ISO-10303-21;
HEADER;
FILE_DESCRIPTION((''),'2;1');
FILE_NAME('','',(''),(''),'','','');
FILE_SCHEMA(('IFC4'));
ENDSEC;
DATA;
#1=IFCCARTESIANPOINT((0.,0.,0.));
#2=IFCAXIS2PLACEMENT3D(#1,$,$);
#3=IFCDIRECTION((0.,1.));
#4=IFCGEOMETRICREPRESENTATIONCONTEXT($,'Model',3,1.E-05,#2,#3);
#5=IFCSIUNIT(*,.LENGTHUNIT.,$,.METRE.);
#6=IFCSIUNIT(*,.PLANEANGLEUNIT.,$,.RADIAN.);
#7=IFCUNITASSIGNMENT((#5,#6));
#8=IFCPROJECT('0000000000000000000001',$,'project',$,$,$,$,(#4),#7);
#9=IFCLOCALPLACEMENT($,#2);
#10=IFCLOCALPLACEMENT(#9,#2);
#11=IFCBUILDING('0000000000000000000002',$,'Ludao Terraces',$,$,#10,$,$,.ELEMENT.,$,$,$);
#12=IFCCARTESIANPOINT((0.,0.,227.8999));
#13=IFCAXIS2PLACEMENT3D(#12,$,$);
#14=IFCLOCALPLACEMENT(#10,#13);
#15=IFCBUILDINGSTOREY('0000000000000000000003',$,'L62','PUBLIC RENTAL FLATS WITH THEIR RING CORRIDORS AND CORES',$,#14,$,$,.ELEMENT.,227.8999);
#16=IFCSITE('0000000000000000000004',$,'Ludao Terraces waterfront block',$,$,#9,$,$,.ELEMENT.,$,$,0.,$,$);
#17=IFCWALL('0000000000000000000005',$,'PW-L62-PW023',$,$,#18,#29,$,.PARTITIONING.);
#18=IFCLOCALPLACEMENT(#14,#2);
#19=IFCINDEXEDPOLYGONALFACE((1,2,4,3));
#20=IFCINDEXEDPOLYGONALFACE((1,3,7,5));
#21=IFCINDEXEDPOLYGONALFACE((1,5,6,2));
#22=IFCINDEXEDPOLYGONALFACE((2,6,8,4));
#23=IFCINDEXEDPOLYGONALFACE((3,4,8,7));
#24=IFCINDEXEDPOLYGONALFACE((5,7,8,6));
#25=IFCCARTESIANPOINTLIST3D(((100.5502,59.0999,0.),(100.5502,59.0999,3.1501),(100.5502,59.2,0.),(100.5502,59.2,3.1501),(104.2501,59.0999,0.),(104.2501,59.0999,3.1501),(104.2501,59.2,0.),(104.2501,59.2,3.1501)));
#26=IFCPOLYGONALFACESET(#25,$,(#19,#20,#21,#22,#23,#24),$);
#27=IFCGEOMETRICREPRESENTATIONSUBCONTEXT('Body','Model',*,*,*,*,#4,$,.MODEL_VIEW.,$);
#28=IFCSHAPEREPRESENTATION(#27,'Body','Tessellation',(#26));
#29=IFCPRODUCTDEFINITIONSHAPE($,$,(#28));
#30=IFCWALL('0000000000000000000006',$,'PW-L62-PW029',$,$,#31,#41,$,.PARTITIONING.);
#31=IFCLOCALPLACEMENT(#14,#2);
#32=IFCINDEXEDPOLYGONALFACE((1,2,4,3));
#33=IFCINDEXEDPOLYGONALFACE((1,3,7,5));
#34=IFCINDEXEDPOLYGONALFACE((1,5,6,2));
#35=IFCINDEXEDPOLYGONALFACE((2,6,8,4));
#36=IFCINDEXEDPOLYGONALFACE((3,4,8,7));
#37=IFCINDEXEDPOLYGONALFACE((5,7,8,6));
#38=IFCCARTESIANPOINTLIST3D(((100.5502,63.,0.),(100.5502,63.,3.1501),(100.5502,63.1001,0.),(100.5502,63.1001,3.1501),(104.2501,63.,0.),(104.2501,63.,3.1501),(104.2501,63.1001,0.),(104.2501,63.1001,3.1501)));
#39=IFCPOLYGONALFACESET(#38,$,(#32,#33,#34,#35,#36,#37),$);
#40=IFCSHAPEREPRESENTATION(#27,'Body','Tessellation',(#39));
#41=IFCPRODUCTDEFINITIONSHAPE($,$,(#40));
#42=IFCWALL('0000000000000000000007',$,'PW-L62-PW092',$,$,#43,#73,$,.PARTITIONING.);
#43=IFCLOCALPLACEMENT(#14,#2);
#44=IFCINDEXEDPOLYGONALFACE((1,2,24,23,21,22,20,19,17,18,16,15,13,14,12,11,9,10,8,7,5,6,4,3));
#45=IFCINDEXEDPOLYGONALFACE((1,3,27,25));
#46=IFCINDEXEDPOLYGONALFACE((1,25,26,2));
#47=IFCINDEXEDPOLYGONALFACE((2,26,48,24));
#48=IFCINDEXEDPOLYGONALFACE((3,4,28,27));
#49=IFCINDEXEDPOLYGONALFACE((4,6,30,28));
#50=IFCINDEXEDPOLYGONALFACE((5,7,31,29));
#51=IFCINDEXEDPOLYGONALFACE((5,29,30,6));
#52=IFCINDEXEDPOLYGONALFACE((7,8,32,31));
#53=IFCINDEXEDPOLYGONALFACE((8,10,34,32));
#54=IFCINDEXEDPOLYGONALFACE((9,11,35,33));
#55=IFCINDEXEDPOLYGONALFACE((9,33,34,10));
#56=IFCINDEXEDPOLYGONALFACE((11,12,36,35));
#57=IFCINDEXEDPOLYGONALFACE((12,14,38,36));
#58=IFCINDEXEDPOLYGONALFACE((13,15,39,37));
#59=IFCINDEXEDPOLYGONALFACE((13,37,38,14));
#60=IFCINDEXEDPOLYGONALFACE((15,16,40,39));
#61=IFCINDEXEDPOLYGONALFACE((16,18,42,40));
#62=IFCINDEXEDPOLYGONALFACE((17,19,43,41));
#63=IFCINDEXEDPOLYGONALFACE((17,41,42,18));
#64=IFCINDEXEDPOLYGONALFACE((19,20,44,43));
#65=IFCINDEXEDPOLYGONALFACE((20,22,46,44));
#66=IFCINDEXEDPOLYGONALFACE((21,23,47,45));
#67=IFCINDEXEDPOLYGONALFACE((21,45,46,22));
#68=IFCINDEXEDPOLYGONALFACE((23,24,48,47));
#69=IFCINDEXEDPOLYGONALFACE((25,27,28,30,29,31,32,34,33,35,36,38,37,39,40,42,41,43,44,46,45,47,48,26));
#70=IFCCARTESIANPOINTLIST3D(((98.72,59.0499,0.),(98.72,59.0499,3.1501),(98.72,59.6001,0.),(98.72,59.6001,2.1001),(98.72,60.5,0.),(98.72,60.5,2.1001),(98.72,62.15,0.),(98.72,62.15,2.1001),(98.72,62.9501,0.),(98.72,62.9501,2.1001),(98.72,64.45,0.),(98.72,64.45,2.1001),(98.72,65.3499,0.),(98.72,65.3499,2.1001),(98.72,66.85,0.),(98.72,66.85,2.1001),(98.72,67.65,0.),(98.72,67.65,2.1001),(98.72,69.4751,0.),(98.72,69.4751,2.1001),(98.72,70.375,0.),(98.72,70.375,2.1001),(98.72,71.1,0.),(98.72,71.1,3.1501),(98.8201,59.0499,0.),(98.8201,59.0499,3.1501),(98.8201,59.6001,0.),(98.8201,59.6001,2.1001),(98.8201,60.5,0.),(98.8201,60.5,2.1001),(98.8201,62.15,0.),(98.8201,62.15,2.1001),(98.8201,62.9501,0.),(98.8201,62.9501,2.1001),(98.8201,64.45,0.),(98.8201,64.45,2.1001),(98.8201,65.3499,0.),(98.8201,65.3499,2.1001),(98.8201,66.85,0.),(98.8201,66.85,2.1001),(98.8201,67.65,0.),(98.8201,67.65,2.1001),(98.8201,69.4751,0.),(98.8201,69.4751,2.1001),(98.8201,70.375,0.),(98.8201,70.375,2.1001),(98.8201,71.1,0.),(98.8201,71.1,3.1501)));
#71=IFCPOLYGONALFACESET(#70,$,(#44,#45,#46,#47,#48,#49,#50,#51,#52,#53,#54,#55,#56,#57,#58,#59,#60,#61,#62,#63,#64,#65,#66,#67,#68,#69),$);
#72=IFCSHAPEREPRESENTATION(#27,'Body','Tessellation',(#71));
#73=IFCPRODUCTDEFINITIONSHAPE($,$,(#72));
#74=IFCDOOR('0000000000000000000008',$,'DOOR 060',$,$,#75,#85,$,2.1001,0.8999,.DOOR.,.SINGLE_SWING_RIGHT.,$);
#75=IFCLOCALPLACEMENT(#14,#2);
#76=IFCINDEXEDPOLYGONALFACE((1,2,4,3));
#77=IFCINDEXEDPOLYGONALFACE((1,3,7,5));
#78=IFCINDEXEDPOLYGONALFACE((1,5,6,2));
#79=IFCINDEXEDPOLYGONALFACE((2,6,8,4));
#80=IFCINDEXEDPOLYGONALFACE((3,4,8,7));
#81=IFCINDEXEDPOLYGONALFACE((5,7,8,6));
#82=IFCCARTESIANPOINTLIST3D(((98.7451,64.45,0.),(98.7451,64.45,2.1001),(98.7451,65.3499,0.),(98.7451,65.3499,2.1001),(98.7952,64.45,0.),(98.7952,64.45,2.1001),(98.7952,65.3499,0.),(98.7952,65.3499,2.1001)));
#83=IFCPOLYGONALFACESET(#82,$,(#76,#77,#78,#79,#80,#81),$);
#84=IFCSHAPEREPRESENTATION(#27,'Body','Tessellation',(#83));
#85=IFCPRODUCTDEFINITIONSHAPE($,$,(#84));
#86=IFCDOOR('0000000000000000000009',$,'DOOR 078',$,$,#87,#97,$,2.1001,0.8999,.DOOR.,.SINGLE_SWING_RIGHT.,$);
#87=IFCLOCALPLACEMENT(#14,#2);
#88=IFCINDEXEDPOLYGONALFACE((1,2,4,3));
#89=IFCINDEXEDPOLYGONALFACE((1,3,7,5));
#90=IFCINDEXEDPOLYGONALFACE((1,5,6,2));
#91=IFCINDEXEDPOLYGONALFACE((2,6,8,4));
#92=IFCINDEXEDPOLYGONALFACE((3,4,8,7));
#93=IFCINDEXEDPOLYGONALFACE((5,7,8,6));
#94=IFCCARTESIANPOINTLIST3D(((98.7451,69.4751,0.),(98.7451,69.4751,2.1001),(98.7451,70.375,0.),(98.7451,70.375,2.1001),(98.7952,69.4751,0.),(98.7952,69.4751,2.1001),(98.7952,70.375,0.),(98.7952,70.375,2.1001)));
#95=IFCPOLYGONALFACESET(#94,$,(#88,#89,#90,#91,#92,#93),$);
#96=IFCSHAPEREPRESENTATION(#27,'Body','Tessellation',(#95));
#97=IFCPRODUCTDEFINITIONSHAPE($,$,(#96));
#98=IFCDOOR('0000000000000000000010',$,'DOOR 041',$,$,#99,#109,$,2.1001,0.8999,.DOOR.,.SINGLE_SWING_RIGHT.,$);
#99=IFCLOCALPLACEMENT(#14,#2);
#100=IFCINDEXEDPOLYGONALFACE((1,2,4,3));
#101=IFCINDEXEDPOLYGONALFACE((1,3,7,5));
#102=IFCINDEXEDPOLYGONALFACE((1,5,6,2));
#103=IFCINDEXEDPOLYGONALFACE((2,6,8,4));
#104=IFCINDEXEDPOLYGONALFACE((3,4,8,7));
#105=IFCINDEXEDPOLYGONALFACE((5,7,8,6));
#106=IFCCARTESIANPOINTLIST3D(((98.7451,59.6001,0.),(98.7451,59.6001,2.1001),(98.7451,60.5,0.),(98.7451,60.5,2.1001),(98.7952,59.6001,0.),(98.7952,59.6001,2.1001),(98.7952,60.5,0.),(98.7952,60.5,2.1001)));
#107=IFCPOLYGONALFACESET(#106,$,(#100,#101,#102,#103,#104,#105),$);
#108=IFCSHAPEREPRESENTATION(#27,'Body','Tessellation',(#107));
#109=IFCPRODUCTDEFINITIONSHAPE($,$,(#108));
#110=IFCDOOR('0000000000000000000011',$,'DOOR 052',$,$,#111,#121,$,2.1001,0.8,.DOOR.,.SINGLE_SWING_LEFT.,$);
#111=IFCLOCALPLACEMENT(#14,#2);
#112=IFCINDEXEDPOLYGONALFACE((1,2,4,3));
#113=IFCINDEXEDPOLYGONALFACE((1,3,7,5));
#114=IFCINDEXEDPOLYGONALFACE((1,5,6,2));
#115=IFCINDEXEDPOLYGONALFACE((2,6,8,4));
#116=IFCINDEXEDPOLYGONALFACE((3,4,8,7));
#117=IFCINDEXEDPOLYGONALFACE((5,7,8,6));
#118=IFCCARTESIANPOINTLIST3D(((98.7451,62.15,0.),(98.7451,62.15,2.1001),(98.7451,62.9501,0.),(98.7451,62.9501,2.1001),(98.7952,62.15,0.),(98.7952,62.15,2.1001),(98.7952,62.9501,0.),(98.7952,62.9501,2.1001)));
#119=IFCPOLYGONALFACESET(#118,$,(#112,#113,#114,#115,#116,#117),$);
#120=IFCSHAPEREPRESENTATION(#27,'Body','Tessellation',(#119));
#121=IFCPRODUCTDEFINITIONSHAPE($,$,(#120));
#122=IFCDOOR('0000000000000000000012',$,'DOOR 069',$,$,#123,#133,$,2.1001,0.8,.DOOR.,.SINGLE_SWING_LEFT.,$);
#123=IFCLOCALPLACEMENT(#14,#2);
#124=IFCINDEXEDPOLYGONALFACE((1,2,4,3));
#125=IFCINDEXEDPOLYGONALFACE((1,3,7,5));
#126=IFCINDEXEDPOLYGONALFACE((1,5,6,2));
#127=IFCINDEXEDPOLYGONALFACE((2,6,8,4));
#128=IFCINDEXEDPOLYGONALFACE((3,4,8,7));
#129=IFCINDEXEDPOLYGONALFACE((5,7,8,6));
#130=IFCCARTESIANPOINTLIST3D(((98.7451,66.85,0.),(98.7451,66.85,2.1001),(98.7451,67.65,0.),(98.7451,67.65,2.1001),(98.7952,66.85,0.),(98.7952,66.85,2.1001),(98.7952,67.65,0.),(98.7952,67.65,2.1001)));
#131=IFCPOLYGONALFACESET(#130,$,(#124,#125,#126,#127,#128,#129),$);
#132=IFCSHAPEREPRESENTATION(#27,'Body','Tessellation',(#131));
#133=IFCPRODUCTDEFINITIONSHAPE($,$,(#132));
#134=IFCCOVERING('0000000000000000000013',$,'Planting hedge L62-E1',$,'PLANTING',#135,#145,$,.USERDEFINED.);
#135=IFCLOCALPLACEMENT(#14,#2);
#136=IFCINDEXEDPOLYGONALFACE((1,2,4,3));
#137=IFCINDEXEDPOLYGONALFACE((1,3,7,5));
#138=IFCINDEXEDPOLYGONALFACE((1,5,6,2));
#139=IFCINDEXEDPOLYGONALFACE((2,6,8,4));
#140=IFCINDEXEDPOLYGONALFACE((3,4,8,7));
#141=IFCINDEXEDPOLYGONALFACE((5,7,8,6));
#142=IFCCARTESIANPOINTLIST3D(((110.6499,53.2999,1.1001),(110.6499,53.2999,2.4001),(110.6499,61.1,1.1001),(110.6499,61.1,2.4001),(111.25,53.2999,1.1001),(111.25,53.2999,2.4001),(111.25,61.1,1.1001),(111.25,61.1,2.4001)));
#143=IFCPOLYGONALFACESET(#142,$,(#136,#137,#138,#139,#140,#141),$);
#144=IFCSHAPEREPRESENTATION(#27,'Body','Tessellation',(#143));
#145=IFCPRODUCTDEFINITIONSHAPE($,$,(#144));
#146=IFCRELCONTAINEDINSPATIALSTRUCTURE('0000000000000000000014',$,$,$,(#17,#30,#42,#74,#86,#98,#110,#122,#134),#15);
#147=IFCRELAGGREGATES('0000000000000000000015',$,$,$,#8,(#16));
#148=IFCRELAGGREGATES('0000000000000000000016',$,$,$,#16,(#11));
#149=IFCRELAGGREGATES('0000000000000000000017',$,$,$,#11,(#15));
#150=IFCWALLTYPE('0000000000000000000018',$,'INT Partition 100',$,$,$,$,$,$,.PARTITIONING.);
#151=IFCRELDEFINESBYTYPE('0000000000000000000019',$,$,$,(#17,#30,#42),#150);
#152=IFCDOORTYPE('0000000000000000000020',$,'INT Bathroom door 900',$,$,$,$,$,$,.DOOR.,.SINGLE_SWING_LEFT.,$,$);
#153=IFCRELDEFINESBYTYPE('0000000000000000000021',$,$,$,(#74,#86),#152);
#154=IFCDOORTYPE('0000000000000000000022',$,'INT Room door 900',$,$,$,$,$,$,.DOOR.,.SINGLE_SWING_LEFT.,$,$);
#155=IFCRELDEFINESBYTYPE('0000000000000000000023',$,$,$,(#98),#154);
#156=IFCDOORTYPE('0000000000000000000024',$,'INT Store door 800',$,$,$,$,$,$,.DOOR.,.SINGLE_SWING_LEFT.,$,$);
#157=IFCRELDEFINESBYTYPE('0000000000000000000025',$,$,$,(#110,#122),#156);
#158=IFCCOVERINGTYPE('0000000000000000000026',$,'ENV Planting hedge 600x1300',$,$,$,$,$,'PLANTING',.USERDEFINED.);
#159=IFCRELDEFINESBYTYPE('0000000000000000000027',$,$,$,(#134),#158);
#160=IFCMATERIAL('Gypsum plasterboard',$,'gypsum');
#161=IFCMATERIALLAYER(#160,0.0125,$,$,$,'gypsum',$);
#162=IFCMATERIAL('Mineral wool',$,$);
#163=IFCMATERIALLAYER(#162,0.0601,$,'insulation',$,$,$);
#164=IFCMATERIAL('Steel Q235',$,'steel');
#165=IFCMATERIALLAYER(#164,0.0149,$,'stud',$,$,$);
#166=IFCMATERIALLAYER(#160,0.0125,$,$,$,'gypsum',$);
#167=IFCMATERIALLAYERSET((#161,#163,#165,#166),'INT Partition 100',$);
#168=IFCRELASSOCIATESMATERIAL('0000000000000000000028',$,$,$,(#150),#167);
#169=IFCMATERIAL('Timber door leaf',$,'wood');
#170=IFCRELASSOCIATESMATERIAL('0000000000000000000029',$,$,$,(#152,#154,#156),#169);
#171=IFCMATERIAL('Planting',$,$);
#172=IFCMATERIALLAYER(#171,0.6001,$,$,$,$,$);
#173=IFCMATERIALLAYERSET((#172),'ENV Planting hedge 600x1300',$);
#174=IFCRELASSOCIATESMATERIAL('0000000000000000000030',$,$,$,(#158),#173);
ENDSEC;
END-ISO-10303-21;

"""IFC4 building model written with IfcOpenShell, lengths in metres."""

from ifc_helpers import new_model, si_unit, direction, frame, frame_2d, origin, origin_2d, place, context, subcontext, project, spatial, rectangle, extrude, material, layer, layer_set, type_object, element, fill, save


model = new_model("IFC4")

# Units and contexts
model_context = context("Model", 3, precision=1e-05, world=origin(), true_north=direction((0.0, 1.0)))
body_context = subcontext(model_context, "Body", "Model", "MODEL_VIEW")
ifc_project = project(units=[si_unit("LENGTHUNIT", "METRE"), si_unit("PLANEANGLEUNIT", "RADIAN")], contexts=[model_context])

# Site, building, storey
site_placement = place(None, origin())
site = spatial("IfcSite", under=ifc_project, at=site_placement, Name="Ludao Terraces waterfront block", CompositionType="ELEMENT", RefElevation=0.0)
building_placement = place(site_placement, origin())
building = spatial("IfcBuilding", under=site, at=building_placement, Name="Ludao Terraces", CompositionType="ELEMENT")
storey_placement = place(building_placement, frame((0.0, 0.0, 227.8999)))
storey = spatial("IfcBuildingStorey", under=building, at=storey_placement, Name="L62", Description="PUBLIC RENTAL FLATS WITH THEIR RING CORRIDORS AND CORES", CompositionType="ELEMENT", Elevation=227.8999)

# Shared definitions
ifc_material_1 = material(Name="Mineral wool")

# Walls
ifc_material_2 = material(Name="Gypsum plasterboard", Category="gypsum")
ifc_layer_1 = layer(ifc_material_2, 0.0125, Category="gypsum")
ifc_layer_2 = layer(ifc_material_1, 0.0601, Name="insulation")
ifc_material_3 = material(Name="Steel Q235", Category="steel")
ifc_layer_3 = layer(ifc_material_3, 0.0149, Name="stud")
ifc_layer_4 = layer(ifc_material_2, 0.0125, Category="gypsum")
ifc_layer_set_1 = layer_set([ifc_layer_1, ifc_layer_2, ifc_layer_3, ifc_layer_4], Name="INT Partition 100")
wall_type_1 = type_object("IfcWallType", Name="INT Partition 100", PredefinedType="PARTITIONING", material=ifc_layer_set_1)
for number, where, z_axis, x_axis, name in (
    (1, (100.55, 59.1499, 0.0), (0.0, 0.0, 1.0), (1.0, 0.0, 0.0), "PW-L62-PW023"),
    (2, (100.55, 63.05, 0.0), (0.0, 0.0, 1.0), (1.0, 0.0, 0.0), "PW-L62-PW029"),
):
    element("IfcWall", number, at=place(storey_placement, frame(where, z_axis=z_axis, x_axis=x_axis)), inside=storey, type_object=wall_type_1, Name=name, PredefinedType="PARTITIONING", context=body_context, shape_type="SweptSolid", body=[
        extrude(rectangle(XDim=3.7, YDim=0.1001, at=frame_2d((1.8501, 0.0))), origin(), (0.0, 0.0, 1.0), 3.1501),
    ])

# Wall, openings, doors
wall_1_placement = place(storey_placement, frame((98.77, 59.05, 0.0), z_axis=(0.0, 0.0, 1.0), x_axis=(0.0, 1.0, 0.0)))
wall_1 = element("IfcWall", 3, at=wall_1_placement, inside=storey, type_object=wall_type_1, Name="PW-L62-PW092", PredefinedType="PARTITIONING", context=body_context, shape_type="SweptSolid", body=[
    extrude(rectangle(XDim=12.05, YDim=0.1001, at=frame_2d((6.0249, 0.0))), origin(), (0.0, 0.0, 1.0), 3.1501),
])
opening_1_placement = place(wall_1_placement, frame((0.55, 0.0, 0.0)))
opening_1 = element("IfcOpeningElement", 4, at=opening_1_placement, cuts=wall_1, PredefinedType="OPENING", context=body_context, shape_type="SweptSolid", body=[
    extrude(rectangle(XDim=0.8999, YDim=2.1001, at=frame_2d((0.45, 1.05))), frame((0.0, 0.0601, 0.0), z_axis=(0.0, -1.0, 0.0), x_axis=(1.0, 0.0, 0.0)), (0.0, 0.0, 1.0), 0.1201),
])
opening_2_placement = place(wall_1_placement, frame((3.1001, 0.0, 0.0)))
opening_2 = element("IfcOpeningElement", 5, at=opening_2_placement, cuts=wall_1, PredefinedType="OPENING", context=body_context, shape_type="SweptSolid", body=[
    extrude(rectangle(XDim=0.8, YDim=2.1001, at=frame_2d((0.3999, 1.05))), frame((0.0, 0.0601, 0.0), z_axis=(0.0, -1.0, 0.0), x_axis=(1.0, 0.0, 0.0)), (0.0, 0.0, 1.0), 0.1201),
])
opening_3_placement = place(wall_1_placement, frame((5.3999, 0.0, 0.0)))
opening_3 = element("IfcOpeningElement", 6, at=opening_3_placement, cuts=wall_1, PredefinedType="OPENING", context=body_context, shape_type="SweptSolid", body=[
    extrude(rectangle(XDim=0.8999, YDim=2.1001, at=frame_2d((0.45, 1.05))), frame((0.0, 0.0601, 0.0), z_axis=(0.0, -1.0, 0.0), x_axis=(1.0, 0.0, 0.0)), (0.0, 0.0, 1.0), 0.1201),
])
opening_4_placement = place(wall_1_placement, frame((7.8, 0.0, 0.0)))
opening_4 = element("IfcOpeningElement", 7, at=opening_4_placement, cuts=wall_1, PredefinedType="OPENING", context=body_context, shape_type="SweptSolid", body=[
    extrude(rectangle(XDim=0.8, YDim=2.1001, at=frame_2d((0.3999, 1.05))), frame((0.0, 0.0601, 0.0), z_axis=(0.0, -1.0, 0.0), x_axis=(1.0, 0.0, 0.0)), (0.0, 0.0, 1.0), 0.1201),
])
opening_5_placement = place(wall_1_placement, frame((10.425, 0.0, 0.0)))
opening_5 = element("IfcOpeningElement", 8, at=opening_5_placement, cuts=wall_1, PredefinedType="OPENING", context=body_context, shape_type="SweptSolid", body=[
    extrude(rectangle(XDim=0.8999, YDim=2.1001, at=frame_2d((0.45, 1.05))), frame((0.0, 0.0601, 0.0), z_axis=(0.0, -1.0, 0.0), x_axis=(1.0, 0.0, 0.0)), (0.0, 0.0, 1.0), 0.1201),
])
ifc_material_4 = material(Name="Timber door leaf", Category="wood")
door_type_1 = type_object("IfcDoorType", Name="INT Bathroom door 900", OperationType="SINGLE_SWING_LEFT", PredefinedType="DOOR", material=ifc_material_4)
door_1_placement = place(opening_3_placement, origin())
door_1 = element("IfcDoor", 9, at=door_1_placement, inside=storey, type_object=door_type_1, Name="DOOR 060", OperationType="SINGLE_SWING_RIGHT", OverallHeight=2.1001, OverallWidth=0.8999, PredefinedType="DOOR", context=body_context, shape_type="SweptSolid", body=[
    extrude(rectangle(XDim=0.8999, YDim=2.1001, at=frame_2d((0.45, 1.05))), frame((0.0, 0.0249, 0.0), z_axis=(0.0, -1.0, 0.0), x_axis=(1.0, 0.0, 0.0)), (0.0, 0.0, 1.0), 0.05),
])
fill(opening_3, door_1)
door_2_placement = place(opening_5_placement, origin())
door_2 = element("IfcDoor", 10, at=door_2_placement, inside=storey, type_object=door_type_1, Name="DOOR 078", OperationType="SINGLE_SWING_RIGHT", OverallHeight=2.1001, OverallWidth=0.8999, PredefinedType="DOOR", context=body_context, shape_type="SweptSolid", body=[
    extrude(rectangle(XDim=0.8999, YDim=2.1001, at=frame_2d((0.45, 1.05))), frame((0.0, 0.0249, 0.0), z_axis=(0.0, -1.0, 0.0), x_axis=(1.0, 0.0, 0.0)), (0.0, 0.0, 1.0), 0.05),
])
fill(opening_5, door_2)
door_type_2 = type_object("IfcDoorType", Name="INT Room door 900", OperationType="SINGLE_SWING_LEFT", PredefinedType="DOOR", material=ifc_material_4)
door_3_placement = place(opening_1_placement, origin())
door_3 = element("IfcDoor", 11, at=door_3_placement, inside=storey, type_object=door_type_2, Name="DOOR 041", OperationType="SINGLE_SWING_RIGHT", OverallHeight=2.1001, OverallWidth=0.8999, PredefinedType="DOOR", context=body_context, shape_type="SweptSolid", body=[
    extrude(rectangle(XDim=0.8999, YDim=2.1001, at=frame_2d((0.45, 1.05))), frame((0.0, 0.0249, 0.0), z_axis=(0.0, -1.0, 0.0), x_axis=(1.0, 0.0, 0.0)), (0.0, 0.0, 1.0), 0.05),
])
fill(opening_1, door_3)
door_type_3 = type_object("IfcDoorType", Name="INT Store door 800", OperationType="SINGLE_SWING_LEFT", PredefinedType="DOOR", material=ifc_material_4)
door_4_placement = place(opening_2_placement, origin())
door_4 = element("IfcDoor", 12, at=door_4_placement, inside=storey, type_object=door_type_3, Name="DOOR 052", OperationType="SINGLE_SWING_LEFT", OverallHeight=2.1001, OverallWidth=0.8, PredefinedType="DOOR", context=body_context, shape_type="SweptSolid", body=[
    extrude(rectangle(XDim=0.8, YDim=2.1001, at=frame_2d((0.3999, 1.05))), frame((0.0, 0.0249, 0.0), z_axis=(0.0, -1.0, 0.0), x_axis=(1.0, 0.0, 0.0)), (0.0, 0.0, 1.0), 0.05),
])
fill(opening_2, door_4)
door_5_placement = place(opening_4_placement, origin())
door_5 = element("IfcDoor", 13, at=door_5_placement, inside=storey, type_object=door_type_3, Name="DOOR 069", OperationType="SINGLE_SWING_LEFT", OverallHeight=2.1001, OverallWidth=0.8, PredefinedType="DOOR", context=body_context, shape_type="SweptSolid", body=[
    extrude(rectangle(XDim=0.8, YDim=2.1001, at=frame_2d((0.3999, 1.05))), frame((0.0, 0.0249, 0.0), z_axis=(0.0, -1.0, 0.0), x_axis=(1.0, 0.0, 0.0)), (0.0, 0.0, 1.0), 0.05),
])
fill(opening_4, door_5)

# Covering
ifc_material_5 = material(Name="Planting")
ifc_layer_5 = layer(ifc_material_5, 0.6001)
ifc_layer_set_2 = layer_set([ifc_layer_5], Name="ENV Planting hedge 600x1300")
covering_type = type_object("IfcCoveringType", Name="ENV Planting hedge 600x1300", ElementType="PLANTING", PredefinedType="USERDEFINED", material=ifc_layer_set_2)
covering_placement = place(storey_placement, frame((110.95, 57.2, 1.1001), z_axis=(0.0, 0.0, 1.0), x_axis=(1.0, 0.0, 0.0)))
element("IfcCovering", 14, at=covering_placement, inside=storey, type_object=covering_type, Name="Planting hedge L62-E1", ObjectType="PLANTING", PredefinedType="USERDEFINED", context=body_context, shape_type="SweptSolid", body=[
    extrude(rectangle(XDim=0.6001, YDim=7.8, at=origin_2d()), origin(), (0.0, 0.0, 1.0), 1.3),
])

save(model, "model.ifc")
